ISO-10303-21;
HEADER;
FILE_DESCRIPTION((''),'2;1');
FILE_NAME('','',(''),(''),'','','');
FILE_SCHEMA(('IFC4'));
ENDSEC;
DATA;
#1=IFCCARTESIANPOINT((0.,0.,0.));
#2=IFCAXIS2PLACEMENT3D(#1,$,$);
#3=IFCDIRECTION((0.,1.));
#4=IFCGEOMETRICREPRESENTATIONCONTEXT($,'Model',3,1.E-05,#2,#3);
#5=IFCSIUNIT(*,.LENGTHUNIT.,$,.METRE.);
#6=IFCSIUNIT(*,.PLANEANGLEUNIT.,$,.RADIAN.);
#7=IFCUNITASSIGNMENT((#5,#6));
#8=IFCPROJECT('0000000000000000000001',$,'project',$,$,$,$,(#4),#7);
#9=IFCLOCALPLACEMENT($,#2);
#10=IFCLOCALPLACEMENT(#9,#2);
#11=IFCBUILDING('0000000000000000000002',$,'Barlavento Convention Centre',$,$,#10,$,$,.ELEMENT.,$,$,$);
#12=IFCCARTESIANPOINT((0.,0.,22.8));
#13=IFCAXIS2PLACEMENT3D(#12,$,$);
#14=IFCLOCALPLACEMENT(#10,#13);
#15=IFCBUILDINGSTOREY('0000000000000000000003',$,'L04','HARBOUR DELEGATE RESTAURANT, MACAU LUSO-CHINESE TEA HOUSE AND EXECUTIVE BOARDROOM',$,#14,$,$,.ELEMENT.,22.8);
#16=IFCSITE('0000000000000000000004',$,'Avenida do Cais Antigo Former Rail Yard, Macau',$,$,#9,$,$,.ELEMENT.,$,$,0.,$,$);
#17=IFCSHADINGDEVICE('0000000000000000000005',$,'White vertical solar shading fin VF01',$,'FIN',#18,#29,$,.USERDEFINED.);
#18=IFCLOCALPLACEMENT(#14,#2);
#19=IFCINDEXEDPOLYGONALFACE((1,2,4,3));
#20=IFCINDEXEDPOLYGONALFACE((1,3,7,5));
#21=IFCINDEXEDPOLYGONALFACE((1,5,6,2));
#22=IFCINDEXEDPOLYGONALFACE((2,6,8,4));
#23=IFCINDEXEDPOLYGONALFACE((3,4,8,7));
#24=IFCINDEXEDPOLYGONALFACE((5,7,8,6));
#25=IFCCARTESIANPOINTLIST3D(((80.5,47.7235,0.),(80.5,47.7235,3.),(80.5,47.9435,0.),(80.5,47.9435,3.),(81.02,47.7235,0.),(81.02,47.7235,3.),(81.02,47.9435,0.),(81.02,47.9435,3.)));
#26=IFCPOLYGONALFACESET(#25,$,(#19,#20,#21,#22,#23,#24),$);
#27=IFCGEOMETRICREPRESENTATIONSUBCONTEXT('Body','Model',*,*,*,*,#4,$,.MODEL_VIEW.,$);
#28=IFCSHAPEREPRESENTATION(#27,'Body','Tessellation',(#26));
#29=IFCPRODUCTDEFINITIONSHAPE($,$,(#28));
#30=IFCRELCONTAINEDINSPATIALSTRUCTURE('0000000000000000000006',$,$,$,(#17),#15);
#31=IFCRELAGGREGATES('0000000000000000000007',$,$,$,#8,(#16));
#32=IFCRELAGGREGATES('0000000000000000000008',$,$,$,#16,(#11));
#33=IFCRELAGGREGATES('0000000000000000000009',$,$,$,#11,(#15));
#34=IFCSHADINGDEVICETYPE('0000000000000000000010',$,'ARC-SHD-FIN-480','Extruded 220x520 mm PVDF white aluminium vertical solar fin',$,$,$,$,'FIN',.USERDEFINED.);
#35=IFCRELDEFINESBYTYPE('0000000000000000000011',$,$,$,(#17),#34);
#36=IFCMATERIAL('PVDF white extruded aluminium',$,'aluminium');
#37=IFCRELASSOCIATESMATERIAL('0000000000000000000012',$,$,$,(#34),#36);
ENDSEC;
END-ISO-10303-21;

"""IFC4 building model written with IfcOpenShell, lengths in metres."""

from ifc_helpers import new_model, si_unit, direction, frame, origin, origin_2d, place, context, subcontext, project, spatial, rectangle, extrude, material, type_object, element, save


model = new_model("IFC4")

# Units and contexts
model_context = context("Model", 3, precision=1e-05, world=origin(), true_north=direction((0.0, 1.0)))
body_context = subcontext(model_context, "Body", "Model", "MODEL_VIEW")
ifc_project = project(units=[si_unit("LENGTHUNIT", "METRE"), si_unit("PLANEANGLEUNIT", "RADIAN")], contexts=[model_context])

# Site, building, storey
site_placement = place(None, origin())
site = spatial("IfcSite", under=ifc_project, at=site_placement, Name="Avenida do Cais Antigo Former Rail Yard, Macau", CompositionType="ELEMENT", RefElevation=0.0)
building_placement = place(site_placement, origin())
building = spatial("IfcBuilding", under=site, at=building_placement, Name="Barlavento Convention Centre", CompositionType="ELEMENT")
storey_placement = place(building_placement, frame((0.0, 0.0, 22.8)))
storey = spatial("IfcBuildingStorey", under=building, at=storey_placement, Name="L04", Description="HARBOUR DELEGATE RESTAURANT, MACAU LUSO-CHINESE TEA HOUSE AND EXECUTIVE BOARDROOM", CompositionType="ELEMENT", Elevation=22.8)

# Shading device
ifc_material_1 = material(Name="PVDF white extruded aluminium", Category="aluminium")
shading_device_type = type_object("IfcShadingDeviceType", Name="ARC-SHD-FIN-480", Description="Extruded 220x520 mm PVDF white aluminium vertical solar fin", ElementType="FIN", PredefinedType="USERDEFINED", material=ifc_material_1)
for number, where, z_axis, x_axis, name in (
    (1, (80.76, 47.8335, 0.0), (0.0, 0.0, 1.0), (0.0, 1.0, 0.0), "White vertical solar shading fin VF01"),
):
    element("IfcShadingDevice", number, at=place(storey_placement, frame(where, z_axis=z_axis, x_axis=x_axis)), inside=storey, type_object=shading_device_type, Name=name, ObjectType="FIN", PredefinedType="USERDEFINED", context=body_context, shape_type="SweptSolid", body=[
        extrude(rectangle(XDim=0.22, YDim=0.52, at=origin_2d()), origin(), (0.0, 0.0, 1.0), 3.0),
    ])

save(model, "model.ifc")
